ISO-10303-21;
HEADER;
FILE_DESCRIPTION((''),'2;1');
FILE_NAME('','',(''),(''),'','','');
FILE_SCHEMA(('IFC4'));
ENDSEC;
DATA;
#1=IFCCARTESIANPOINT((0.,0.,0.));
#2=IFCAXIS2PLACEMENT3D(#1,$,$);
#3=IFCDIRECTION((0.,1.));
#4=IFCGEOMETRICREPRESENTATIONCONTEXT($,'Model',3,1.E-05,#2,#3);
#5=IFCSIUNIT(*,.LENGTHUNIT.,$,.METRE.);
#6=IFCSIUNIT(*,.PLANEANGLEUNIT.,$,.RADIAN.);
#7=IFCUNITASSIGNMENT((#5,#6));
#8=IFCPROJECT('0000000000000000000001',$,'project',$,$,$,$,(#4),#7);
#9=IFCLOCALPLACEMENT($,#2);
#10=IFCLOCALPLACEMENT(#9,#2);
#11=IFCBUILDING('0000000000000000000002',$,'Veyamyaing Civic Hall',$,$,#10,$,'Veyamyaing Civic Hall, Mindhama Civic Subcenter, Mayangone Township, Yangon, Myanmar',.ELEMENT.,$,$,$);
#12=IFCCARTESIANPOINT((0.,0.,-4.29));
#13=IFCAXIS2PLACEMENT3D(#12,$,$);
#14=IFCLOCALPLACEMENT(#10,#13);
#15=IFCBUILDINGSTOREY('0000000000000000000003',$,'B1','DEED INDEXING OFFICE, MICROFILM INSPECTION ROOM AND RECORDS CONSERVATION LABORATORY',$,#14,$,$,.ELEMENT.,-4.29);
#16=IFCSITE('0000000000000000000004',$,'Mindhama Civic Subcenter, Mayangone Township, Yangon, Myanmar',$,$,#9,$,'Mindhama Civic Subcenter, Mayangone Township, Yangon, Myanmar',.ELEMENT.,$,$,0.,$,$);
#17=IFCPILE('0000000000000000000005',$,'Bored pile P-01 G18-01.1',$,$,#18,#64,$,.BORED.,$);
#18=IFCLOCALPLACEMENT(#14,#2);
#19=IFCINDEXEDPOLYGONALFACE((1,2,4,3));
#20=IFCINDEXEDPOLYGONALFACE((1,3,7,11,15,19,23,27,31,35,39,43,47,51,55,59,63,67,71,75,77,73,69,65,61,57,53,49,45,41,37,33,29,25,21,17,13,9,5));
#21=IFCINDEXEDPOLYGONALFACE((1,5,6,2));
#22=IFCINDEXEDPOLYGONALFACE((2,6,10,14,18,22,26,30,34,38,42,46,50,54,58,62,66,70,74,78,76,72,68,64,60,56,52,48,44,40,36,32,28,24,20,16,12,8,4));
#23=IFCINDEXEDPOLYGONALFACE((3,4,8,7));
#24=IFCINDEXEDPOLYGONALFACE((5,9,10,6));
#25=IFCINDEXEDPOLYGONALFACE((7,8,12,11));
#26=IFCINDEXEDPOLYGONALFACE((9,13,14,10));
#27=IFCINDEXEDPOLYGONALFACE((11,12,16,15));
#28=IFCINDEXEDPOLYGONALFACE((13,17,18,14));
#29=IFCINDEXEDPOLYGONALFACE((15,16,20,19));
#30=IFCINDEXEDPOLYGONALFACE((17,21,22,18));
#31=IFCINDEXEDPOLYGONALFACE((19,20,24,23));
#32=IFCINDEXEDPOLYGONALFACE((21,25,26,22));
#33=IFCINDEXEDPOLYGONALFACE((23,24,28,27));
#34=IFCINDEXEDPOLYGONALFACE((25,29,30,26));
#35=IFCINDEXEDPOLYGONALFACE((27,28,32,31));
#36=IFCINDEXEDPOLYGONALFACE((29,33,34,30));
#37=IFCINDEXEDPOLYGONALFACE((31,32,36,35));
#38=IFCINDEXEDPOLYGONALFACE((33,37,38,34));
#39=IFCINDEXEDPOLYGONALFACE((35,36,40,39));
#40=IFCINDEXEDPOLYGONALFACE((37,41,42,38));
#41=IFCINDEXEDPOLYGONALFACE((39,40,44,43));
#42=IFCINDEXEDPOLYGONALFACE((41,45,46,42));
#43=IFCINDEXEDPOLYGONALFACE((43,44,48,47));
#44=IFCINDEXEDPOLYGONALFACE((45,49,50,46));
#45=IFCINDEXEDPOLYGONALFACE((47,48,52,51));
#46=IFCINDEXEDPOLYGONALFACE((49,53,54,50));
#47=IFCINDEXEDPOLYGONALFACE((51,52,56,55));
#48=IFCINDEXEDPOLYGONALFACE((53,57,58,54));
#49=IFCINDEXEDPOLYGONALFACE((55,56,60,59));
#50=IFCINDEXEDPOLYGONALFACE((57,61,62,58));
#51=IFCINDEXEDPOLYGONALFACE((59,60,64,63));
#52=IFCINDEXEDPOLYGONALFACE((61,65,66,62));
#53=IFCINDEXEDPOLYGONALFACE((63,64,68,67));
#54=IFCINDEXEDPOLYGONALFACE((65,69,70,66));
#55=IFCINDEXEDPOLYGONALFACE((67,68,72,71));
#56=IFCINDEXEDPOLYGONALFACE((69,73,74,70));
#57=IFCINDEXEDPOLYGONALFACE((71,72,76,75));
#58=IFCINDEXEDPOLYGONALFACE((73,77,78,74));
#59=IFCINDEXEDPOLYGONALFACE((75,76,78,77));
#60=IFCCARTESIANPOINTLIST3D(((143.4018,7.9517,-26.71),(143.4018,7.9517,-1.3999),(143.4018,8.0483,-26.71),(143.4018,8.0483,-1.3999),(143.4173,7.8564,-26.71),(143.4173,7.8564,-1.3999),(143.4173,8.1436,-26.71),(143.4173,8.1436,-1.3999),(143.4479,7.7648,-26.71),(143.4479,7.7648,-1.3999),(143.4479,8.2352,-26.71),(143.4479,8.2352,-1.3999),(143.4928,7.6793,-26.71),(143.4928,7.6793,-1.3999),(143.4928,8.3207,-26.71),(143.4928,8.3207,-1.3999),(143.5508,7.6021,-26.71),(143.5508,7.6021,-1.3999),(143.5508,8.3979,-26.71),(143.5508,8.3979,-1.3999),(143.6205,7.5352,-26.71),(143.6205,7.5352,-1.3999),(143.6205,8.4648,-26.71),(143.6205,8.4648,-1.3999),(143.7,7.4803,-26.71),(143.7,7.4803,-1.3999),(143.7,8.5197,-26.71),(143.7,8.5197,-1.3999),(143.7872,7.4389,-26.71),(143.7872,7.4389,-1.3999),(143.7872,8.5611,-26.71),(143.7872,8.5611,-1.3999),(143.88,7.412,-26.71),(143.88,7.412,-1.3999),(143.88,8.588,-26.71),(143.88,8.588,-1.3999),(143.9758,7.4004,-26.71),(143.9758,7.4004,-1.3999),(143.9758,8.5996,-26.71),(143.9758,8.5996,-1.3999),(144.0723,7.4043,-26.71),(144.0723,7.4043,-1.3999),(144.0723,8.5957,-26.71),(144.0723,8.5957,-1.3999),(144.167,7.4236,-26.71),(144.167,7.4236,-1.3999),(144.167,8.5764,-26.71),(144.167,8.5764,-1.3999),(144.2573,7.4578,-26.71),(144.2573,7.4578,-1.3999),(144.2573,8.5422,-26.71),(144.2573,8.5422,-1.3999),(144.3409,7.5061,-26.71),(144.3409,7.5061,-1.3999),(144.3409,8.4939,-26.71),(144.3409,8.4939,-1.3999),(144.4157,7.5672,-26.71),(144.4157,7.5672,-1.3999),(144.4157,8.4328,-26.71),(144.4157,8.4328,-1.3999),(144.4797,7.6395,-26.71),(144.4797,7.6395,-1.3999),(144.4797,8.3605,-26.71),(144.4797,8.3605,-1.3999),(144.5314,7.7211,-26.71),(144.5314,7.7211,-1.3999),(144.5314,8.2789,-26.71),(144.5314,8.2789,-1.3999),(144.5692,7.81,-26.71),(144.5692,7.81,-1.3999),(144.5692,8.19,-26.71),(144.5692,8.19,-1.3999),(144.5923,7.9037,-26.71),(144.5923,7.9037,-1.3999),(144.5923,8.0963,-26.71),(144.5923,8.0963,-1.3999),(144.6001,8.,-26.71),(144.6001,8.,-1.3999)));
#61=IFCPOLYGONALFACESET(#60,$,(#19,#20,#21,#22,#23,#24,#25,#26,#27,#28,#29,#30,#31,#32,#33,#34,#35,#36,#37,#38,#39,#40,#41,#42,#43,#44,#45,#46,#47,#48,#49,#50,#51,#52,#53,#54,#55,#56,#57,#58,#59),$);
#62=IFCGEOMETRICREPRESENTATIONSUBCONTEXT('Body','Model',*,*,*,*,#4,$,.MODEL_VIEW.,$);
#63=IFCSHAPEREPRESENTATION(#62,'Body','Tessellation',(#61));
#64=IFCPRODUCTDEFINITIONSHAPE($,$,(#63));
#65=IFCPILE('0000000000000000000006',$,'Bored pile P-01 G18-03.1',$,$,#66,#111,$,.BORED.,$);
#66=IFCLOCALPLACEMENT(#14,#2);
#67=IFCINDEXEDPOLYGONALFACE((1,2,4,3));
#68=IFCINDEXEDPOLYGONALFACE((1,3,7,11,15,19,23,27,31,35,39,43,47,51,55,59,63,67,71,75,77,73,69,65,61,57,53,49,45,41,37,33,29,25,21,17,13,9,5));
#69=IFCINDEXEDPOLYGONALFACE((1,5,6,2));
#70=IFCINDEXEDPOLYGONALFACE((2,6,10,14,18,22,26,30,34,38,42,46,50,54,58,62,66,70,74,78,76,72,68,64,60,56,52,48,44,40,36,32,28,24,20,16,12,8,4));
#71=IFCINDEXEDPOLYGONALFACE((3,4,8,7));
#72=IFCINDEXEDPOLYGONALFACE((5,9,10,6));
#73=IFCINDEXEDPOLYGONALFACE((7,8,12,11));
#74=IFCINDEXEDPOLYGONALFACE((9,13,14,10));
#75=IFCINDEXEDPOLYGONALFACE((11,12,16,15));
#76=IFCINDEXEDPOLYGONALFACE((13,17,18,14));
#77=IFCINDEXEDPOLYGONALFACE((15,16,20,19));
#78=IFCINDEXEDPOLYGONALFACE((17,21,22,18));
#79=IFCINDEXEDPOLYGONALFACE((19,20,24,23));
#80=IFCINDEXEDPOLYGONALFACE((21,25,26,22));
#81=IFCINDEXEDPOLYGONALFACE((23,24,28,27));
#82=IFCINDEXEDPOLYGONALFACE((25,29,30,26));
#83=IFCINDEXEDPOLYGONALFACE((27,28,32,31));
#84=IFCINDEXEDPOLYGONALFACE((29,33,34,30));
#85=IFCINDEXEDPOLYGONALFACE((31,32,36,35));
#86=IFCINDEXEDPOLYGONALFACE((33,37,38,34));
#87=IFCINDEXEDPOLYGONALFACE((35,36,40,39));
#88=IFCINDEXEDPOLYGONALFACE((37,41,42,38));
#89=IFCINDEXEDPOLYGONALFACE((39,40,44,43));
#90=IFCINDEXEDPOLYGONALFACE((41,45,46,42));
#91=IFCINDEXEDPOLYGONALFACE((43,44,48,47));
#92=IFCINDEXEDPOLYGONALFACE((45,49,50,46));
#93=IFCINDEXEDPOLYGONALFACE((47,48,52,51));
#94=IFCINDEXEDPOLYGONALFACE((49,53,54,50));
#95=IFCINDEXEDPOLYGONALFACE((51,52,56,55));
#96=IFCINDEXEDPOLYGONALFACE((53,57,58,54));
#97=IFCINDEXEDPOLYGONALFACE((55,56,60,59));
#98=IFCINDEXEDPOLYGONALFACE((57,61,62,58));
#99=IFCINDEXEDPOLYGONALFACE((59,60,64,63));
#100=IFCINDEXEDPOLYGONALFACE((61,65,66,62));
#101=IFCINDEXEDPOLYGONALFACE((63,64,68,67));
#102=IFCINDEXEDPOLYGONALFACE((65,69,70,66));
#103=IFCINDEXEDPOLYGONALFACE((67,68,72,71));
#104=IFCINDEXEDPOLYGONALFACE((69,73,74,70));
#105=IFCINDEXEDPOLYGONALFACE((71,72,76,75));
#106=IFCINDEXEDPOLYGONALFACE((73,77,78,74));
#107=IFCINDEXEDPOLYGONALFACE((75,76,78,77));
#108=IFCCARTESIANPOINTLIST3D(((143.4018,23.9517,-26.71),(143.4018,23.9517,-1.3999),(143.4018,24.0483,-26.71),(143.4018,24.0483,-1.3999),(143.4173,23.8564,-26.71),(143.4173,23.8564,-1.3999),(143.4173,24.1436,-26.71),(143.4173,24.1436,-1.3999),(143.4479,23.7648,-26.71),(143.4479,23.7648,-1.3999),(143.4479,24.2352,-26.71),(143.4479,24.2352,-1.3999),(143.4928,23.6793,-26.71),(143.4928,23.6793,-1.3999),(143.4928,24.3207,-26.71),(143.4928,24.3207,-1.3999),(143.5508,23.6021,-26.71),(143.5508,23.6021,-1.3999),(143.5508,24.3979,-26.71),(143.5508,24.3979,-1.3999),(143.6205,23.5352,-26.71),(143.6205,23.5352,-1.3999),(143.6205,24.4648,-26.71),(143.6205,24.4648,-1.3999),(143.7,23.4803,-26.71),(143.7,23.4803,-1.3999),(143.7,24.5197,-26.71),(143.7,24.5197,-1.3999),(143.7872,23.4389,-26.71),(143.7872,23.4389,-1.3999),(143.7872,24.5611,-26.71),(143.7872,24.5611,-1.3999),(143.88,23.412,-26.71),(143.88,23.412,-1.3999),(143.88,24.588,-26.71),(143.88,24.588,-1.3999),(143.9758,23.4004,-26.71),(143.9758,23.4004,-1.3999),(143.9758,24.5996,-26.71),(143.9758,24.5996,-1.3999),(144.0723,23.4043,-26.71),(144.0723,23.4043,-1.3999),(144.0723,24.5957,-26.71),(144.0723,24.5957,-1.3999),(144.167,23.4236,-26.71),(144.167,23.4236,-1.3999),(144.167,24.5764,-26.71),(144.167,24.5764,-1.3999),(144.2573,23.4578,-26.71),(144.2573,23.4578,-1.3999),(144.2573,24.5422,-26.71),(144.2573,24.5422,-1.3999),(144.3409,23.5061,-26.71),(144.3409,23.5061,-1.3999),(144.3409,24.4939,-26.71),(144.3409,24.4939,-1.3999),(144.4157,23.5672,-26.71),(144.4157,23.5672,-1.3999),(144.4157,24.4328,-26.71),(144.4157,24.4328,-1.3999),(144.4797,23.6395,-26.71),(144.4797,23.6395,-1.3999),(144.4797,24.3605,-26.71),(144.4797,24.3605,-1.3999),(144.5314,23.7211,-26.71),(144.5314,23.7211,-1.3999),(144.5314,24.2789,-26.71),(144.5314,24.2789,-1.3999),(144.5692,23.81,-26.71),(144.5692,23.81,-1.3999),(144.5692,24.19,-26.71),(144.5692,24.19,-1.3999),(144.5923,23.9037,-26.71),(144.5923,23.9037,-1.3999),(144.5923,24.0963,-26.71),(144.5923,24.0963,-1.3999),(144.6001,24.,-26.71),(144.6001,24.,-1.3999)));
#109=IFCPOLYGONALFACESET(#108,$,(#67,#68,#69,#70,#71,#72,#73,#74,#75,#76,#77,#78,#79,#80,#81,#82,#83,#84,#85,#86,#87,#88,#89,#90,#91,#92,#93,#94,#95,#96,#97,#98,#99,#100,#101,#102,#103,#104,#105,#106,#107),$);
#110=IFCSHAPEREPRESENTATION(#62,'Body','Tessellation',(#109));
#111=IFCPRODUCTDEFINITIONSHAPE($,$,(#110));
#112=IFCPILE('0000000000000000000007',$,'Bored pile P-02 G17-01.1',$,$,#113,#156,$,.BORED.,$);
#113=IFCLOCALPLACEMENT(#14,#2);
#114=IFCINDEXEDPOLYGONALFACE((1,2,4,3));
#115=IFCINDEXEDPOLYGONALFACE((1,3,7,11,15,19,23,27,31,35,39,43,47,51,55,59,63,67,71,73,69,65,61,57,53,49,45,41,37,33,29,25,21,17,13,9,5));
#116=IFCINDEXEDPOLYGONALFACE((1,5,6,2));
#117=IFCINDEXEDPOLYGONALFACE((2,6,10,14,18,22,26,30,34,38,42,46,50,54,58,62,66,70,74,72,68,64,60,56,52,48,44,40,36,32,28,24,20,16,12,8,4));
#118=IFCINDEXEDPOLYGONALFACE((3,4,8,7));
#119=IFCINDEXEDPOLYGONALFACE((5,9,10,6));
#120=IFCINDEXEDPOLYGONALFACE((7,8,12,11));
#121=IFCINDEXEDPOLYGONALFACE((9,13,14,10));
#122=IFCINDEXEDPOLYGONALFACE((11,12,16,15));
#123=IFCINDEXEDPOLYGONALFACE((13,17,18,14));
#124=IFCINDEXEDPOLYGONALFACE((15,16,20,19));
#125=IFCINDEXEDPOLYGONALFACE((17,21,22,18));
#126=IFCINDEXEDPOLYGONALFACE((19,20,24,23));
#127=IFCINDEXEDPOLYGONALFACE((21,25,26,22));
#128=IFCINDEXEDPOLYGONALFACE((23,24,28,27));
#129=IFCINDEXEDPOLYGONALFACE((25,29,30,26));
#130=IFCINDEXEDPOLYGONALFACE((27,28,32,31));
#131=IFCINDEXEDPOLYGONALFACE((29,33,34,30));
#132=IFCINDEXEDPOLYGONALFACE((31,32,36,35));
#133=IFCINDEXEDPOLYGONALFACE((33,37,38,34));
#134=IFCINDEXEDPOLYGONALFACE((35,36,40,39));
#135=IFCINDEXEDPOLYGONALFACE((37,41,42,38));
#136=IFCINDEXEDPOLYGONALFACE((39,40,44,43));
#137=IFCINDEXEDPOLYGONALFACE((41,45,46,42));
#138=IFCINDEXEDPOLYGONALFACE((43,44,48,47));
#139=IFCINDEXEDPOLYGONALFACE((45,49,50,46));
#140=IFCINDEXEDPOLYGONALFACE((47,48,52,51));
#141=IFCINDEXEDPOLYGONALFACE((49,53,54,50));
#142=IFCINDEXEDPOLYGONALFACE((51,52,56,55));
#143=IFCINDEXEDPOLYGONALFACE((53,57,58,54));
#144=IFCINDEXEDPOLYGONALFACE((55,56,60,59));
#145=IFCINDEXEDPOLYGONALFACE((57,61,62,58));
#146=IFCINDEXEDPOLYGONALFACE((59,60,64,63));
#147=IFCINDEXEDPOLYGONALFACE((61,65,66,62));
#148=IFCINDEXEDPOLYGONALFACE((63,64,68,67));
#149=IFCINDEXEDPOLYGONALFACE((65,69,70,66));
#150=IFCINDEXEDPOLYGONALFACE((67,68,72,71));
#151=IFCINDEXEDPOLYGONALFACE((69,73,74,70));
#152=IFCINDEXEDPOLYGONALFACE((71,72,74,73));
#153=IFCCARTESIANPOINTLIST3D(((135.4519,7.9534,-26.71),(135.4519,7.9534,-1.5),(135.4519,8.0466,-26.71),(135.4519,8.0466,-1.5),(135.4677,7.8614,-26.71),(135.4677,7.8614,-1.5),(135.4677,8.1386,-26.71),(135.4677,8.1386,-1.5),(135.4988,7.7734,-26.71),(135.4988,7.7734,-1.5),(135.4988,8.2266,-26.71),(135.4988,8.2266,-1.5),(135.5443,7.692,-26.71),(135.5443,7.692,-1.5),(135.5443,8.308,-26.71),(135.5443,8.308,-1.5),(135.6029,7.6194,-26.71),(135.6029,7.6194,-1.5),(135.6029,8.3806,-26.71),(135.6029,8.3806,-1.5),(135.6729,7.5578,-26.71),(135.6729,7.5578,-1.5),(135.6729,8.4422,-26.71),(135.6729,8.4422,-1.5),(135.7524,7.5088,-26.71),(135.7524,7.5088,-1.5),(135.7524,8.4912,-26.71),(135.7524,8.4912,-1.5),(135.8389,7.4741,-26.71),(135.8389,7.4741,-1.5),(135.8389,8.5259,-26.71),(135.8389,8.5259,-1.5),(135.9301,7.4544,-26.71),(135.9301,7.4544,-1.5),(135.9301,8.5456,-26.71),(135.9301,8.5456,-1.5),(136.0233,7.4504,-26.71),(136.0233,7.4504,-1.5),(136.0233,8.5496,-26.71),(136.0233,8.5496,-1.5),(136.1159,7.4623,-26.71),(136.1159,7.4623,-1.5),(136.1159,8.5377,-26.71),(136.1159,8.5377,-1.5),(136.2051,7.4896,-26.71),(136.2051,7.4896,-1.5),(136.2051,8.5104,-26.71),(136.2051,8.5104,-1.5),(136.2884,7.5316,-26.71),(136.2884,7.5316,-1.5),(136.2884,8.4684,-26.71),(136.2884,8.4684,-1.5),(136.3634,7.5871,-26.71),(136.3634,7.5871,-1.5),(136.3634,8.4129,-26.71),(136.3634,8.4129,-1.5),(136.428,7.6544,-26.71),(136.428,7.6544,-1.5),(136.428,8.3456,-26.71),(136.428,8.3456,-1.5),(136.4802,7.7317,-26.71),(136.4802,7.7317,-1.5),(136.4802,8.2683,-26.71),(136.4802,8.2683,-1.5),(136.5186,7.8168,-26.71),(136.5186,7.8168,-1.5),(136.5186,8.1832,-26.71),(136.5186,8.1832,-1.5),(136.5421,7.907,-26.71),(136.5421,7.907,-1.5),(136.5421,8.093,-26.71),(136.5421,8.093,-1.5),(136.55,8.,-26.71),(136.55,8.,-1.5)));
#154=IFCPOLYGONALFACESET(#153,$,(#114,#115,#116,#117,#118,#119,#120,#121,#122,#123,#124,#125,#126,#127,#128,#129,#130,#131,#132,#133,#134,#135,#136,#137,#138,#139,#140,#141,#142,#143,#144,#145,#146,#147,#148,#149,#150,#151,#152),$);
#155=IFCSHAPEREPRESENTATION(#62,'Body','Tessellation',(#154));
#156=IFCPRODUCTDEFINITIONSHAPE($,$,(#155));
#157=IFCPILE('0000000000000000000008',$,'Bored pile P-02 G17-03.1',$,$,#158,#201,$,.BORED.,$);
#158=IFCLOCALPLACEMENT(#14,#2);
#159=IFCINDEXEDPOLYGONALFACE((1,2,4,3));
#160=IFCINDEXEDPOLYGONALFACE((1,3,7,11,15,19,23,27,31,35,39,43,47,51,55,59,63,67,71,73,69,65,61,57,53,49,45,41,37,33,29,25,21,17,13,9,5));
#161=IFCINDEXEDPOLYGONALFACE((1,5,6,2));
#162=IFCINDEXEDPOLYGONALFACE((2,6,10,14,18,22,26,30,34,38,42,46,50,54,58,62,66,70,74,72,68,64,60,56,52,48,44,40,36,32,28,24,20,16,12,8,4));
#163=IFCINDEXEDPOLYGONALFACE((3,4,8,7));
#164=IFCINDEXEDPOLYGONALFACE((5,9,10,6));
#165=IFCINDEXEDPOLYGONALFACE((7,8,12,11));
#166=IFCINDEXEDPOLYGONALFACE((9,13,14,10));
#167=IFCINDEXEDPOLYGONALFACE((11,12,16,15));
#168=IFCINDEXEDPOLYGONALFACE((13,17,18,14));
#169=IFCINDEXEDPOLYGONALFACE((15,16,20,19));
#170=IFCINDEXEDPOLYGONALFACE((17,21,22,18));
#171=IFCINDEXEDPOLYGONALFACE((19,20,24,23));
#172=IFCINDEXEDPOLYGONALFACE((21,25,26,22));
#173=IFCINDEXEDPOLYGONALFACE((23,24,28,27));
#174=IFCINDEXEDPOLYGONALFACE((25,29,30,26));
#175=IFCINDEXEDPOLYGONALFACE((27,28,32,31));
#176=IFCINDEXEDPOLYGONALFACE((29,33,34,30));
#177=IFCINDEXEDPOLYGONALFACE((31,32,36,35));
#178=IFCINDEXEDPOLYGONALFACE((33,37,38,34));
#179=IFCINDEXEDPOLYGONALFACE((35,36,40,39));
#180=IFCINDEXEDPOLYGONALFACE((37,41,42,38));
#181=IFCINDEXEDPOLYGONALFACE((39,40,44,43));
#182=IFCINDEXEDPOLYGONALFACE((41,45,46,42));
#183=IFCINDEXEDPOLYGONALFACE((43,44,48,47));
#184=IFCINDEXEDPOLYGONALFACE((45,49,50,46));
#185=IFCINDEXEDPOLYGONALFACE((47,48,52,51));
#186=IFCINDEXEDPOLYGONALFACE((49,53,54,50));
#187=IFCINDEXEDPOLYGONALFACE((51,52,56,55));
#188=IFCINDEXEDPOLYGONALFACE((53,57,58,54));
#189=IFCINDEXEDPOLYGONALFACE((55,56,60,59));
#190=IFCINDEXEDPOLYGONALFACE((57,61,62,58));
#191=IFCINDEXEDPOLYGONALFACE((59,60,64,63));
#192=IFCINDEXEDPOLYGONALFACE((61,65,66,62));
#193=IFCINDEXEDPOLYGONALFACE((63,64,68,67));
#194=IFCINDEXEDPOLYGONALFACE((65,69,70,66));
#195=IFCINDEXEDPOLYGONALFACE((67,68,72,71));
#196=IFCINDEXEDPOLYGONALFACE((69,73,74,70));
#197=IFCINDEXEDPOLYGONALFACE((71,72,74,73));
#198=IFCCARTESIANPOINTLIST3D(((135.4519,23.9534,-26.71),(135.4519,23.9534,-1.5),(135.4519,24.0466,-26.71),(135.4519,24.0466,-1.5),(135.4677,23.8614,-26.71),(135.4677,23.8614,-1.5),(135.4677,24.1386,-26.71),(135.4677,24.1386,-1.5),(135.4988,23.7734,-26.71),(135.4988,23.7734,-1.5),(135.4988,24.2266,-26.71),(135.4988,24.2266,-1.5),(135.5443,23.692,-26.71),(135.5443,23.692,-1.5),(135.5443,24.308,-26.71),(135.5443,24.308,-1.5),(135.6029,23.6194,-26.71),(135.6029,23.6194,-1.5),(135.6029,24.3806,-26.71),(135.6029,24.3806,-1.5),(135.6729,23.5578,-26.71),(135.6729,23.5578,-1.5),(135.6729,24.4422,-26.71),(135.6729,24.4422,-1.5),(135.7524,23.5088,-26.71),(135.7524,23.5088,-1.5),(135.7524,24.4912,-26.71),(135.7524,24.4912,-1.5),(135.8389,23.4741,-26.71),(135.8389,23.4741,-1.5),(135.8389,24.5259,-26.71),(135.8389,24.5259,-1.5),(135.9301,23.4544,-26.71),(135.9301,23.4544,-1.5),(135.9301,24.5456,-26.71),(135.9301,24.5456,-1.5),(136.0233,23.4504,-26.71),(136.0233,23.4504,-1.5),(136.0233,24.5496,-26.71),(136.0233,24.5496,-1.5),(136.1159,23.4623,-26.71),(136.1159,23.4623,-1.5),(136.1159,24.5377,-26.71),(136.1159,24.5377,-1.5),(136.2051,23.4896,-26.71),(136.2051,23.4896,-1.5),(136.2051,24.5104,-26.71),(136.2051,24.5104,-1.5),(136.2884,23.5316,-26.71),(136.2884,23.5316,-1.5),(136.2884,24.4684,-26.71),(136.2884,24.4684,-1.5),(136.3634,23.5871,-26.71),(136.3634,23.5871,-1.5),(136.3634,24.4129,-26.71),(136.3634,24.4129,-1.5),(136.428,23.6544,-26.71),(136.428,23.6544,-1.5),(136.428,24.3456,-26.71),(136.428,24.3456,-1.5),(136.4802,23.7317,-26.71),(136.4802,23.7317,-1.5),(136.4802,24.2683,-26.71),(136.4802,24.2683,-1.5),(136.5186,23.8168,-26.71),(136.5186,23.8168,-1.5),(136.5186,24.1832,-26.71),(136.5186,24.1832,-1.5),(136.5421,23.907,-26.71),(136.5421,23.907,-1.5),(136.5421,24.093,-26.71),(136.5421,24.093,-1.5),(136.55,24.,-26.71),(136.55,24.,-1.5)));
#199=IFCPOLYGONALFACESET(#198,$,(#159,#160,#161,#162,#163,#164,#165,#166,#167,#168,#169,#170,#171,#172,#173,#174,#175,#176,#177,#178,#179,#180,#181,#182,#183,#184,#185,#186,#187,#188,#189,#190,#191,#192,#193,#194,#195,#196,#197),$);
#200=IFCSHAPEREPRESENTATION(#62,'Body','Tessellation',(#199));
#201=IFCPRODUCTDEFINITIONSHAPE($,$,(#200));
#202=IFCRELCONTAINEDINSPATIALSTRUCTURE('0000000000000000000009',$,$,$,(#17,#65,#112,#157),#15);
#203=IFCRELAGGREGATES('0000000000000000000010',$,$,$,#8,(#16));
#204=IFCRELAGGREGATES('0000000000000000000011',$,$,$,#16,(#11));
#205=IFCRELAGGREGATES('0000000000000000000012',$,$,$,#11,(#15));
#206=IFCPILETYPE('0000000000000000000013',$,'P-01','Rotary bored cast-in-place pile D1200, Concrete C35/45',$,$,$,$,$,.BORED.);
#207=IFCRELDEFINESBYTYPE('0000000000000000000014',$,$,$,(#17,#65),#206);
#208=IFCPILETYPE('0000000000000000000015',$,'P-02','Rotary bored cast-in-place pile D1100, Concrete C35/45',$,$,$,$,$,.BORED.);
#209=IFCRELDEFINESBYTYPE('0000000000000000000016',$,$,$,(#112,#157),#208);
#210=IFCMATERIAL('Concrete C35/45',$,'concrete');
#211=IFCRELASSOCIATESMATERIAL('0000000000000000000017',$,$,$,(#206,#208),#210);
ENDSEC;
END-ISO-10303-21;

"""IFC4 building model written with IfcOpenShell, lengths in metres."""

from ifc_helpers import new_model, si_unit, direction, frame, origin, origin_2d, place, context, subcontext, project, spatial, circle, extrude, material, material_profile, profile_set, type_object, element, save


model = new_model("IFC4")

# Units and contexts
model_context = context("Model", 3, precision=1e-05, world=origin(), true_north=direction((0.0, 1.0)))
body_context = subcontext(model_context, "Body", "Model", "MODEL_VIEW")
ifc_project = project(units=[si_unit("LENGTHUNIT", "METRE"), si_unit("PLANEANGLEUNIT", "RADIAN")], contexts=[model_context])

# Site, building, storey
site_placement = place(None, origin())
site = spatial("IfcSite", under=ifc_project, at=site_placement, Name="Mindhama Civic Subcenter, Mayangone Township, Yangon, Myanmar", LongName="Mindhama Civic Subcenter, Mayangone Township, Yangon, Myanmar", CompositionType="ELEMENT", RefElevation=0.0)
building_placement = place(site_placement, origin())
building = spatial("IfcBuilding", under=site, at=building_placement, Name="Veyamyaing Civic Hall", LongName="Veyamyaing Civic Hall, Mindhama Civic Subcenter, Mayangone Township, Yangon, Myanmar", CompositionType="ELEMENT")
storey_placement = place(building_placement, frame((0.0, 0.0, -4.29)))
storey = spatial("IfcBuildingStorey", under=building, at=storey_placement, Name="B1", Description="DEED INDEXING OFFICE, MICROFILM INSPECTION ROOM AND RECORDS CONSERVATION LABORATORY", CompositionType="ELEMENT", Elevation=-4.29)

# Piles
ifc_material_1 = material(Name="Concrete C35/45", Category="concrete")
ifc_material_profile_1 = material_profile(ifc_material_1, circle(Radius=0.6001, at=origin_2d()), Name="PILE-D1200")
ifc_profile_set_1 = profile_set([ifc_material_profile_1], Name="Concrete C35/45")
pile_type_1 = type_object("IfcPileType", Name="P-01", Description="Rotary bored cast-in-place pile D1200, Concrete C35/45", PredefinedType="BORED", material=ifc_profile_set_1)
for number, where, z_axis, x_axis, name in (
    (1, (144.0, 8.0, -1.3999), (0.0, 0.0, -1.0), (1.0, 0.0, 0.0), "Bored pile P-01 G18-01.1"),
    (2, (144.0, 24.0, -1.3999), (0.0, 0.0, -1.0), (1.0, 0.0, 0.0), "Bored pile P-01 G18-03.1"),
):
    element("IfcPile", number, at=place(storey_placement, frame(where, z_axis=z_axis, x_axis=x_axis)), inside=storey, type_object=pile_type_1, Name=name, PredefinedType="BORED", context=body_context, shape_type="SweptSolid", body=[
        extrude(circle(Radius=0.6001, at=origin_2d()), origin(), (0.0, 0.0, 1.0), 25.3101),
    ])
ifc_material_profile_2 = material_profile(ifc_material_1, circle(Radius=0.55, at=origin_2d()), Name="PILE-D1100")
ifc_profile_set_2 = profile_set([ifc_material_profile_2], Name="Concrete C35/45")
pile_type_2 = type_object("IfcPileType", Name="P-02", Description="Rotary bored cast-in-place pile D1100, Concrete C35/45", PredefinedType="BORED", material=ifc_profile_set_2)
for number, where, z_axis, x_axis, name in (
    (3, (136.0, 8.0, -1.5), (0.0, 0.0, -1.0), (1.0, 0.0, 0.0), "Bored pile P-02 G17-01.1"),
    (4, (136.0, 24.0, -1.5), (0.0, 0.0, -1.0), (1.0, 0.0, 0.0), "Bored pile P-02 G17-03.1"),
):
    element("IfcPile", number, at=place(storey_placement, frame(where, z_axis=z_axis, x_axis=x_axis)), inside=storey, type_object=pile_type_2, Name=name, PredefinedType="BORED", context=body_context, shape_type="SweptSolid", body=[
        extrude(circle(Radius=0.55, at=origin_2d()), origin(), (0.0, 0.0, 1.0), 25.21),
    ])

save(model, "model.ifc")
